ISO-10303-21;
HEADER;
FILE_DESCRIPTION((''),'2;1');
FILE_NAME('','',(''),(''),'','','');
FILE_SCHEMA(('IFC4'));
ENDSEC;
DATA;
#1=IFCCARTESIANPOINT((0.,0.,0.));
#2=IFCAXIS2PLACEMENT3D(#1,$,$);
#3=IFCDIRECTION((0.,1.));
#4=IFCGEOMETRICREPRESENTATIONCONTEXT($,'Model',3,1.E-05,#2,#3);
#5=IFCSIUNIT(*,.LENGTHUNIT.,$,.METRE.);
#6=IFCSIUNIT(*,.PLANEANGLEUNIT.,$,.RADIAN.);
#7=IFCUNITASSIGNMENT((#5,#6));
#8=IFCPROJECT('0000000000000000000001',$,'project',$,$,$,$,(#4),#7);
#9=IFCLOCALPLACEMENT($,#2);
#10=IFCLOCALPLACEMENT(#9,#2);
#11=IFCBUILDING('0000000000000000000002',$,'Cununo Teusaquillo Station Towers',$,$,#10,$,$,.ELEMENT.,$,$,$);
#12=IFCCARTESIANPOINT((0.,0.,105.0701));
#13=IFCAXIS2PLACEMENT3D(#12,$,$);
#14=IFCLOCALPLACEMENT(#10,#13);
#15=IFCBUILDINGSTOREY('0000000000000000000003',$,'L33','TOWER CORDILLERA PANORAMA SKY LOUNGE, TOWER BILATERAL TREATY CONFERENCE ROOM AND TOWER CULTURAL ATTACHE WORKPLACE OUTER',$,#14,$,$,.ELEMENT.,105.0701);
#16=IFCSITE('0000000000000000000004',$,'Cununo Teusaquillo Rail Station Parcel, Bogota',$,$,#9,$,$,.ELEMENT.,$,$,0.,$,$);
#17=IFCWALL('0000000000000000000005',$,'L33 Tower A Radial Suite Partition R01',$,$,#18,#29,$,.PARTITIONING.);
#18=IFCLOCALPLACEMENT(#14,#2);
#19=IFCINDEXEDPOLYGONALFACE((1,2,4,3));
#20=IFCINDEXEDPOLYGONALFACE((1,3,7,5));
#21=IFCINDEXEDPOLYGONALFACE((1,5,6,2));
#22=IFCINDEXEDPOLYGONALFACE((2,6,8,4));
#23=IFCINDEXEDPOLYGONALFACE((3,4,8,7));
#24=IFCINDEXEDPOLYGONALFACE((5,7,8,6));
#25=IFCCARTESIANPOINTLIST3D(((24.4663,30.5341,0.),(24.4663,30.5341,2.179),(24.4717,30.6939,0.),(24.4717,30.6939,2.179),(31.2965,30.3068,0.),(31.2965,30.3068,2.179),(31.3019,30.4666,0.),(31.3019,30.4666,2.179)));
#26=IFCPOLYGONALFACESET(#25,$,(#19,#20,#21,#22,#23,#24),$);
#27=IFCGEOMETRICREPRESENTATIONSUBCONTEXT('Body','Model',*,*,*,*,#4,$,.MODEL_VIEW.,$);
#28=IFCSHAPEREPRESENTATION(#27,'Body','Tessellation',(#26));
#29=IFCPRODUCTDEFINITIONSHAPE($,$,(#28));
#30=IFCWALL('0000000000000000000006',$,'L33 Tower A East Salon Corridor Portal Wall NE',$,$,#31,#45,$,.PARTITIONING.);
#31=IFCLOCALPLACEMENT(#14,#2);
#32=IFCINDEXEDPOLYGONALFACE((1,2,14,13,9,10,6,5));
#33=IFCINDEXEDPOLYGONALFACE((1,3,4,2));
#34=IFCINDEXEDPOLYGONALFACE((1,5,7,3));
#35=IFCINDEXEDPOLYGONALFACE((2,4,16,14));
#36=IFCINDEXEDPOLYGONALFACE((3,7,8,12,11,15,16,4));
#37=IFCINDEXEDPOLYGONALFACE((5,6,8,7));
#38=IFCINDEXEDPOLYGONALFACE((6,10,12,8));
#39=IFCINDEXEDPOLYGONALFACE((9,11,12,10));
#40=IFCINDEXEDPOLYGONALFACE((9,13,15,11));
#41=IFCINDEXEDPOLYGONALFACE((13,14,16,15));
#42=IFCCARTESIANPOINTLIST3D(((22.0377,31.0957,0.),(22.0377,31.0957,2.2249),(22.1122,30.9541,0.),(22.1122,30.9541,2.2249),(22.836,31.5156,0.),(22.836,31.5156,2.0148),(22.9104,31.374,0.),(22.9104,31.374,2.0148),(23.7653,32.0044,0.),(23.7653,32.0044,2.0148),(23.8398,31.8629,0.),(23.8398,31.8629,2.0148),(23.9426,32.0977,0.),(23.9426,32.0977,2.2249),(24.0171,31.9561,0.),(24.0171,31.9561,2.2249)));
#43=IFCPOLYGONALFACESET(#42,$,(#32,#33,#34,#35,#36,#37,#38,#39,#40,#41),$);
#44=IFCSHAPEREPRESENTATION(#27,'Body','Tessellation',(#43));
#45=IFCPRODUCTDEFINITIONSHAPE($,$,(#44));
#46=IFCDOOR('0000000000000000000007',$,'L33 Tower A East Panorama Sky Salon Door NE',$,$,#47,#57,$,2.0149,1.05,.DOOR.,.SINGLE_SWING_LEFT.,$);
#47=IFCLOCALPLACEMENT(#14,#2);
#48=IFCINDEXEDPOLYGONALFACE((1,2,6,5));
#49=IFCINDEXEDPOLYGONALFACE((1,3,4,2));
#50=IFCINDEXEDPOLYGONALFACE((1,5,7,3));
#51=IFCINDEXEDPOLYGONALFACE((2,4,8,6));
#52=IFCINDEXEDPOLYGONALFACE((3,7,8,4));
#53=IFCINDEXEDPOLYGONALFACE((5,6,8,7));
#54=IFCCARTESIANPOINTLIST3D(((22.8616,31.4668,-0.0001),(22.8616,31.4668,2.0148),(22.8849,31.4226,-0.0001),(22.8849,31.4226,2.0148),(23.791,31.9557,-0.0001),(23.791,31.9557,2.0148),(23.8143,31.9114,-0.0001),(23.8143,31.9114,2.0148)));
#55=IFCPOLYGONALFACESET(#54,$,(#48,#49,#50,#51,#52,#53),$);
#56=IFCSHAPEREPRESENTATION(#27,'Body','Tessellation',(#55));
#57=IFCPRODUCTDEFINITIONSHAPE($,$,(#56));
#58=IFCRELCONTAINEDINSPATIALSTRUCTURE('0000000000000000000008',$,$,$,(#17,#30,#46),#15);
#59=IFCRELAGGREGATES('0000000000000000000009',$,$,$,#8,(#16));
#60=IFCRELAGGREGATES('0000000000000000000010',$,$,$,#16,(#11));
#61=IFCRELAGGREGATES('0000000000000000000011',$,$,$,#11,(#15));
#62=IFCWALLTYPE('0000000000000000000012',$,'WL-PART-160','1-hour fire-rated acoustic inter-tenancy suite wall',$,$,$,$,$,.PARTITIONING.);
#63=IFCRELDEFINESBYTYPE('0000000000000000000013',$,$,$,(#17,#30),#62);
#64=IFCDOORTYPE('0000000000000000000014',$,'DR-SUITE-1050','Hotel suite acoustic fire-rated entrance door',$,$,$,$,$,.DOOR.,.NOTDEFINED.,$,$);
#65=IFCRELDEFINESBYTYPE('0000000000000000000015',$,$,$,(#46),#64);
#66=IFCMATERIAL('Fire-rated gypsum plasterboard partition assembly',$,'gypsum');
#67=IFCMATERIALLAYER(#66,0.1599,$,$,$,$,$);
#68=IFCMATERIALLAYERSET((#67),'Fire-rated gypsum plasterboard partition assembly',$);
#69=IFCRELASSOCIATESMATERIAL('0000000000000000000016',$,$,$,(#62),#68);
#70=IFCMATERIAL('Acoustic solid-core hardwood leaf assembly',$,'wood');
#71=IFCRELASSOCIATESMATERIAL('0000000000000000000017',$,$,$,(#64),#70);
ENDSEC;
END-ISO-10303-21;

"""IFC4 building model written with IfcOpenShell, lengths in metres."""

from ifc_helpers import new_model, si_unit, direction, frame, frame_2d, origin, place, context, subcontext, project, spatial, rectangle, extrude, source, transform, mapped, material, layer, layer_set, type_object, element, fill, save


model = new_model("IFC4")

# Units and contexts
model_context = context("Model", 3, precision=1e-05, world=origin(), true_north=direction((0.0, 1.0)))
body_context = subcontext(model_context, "Body", "Model", "MODEL_VIEW")
ifc_project = project(units=[si_unit("LENGTHUNIT", "METRE"), si_unit("PLANEANGLEUNIT", "RADIAN")], contexts=[model_context])

# Site, building, storey
site_placement = place(None, origin())
site = spatial("IfcSite", under=ifc_project, at=site_placement, Name="Cununo Teusaquillo Rail Station Parcel, Bogota", CompositionType="ELEMENT", RefElevation=0.0)
building_placement = place(site_placement, origin())
building = spatial("IfcBuilding", under=site, at=building_placement, Name="Cununo Teusaquillo Station Towers", CompositionType="ELEMENT")
storey_placement = place(building_placement, frame((0.0, 0.0, 105.0701)))
storey = spatial("IfcBuildingStorey", under=building, at=storey_placement, Name="L33", Description="TOWER CORDILLERA PANORAMA SKY LOUNGE, TOWER BILATERAL TREATY CONFERENCE ROOM AND TOWER CULTURAL ATTACHE WORKPLACE OUTER", CompositionType="ELEMENT", Elevation=105.0701)

# Wall
ifc_material_1 = material(Name="Fire-rated gypsum plasterboard partition assembly", Category="gypsum")
ifc_layer_1 = layer(ifc_material_1, 0.1599)
ifc_layer_set_1 = layer_set([ifc_layer_1], Name="Fire-rated gypsum plasterboard partition assembly")
wall_type_1 = type_object("IfcWallType", Name="WL-PART-160", Description="1-hour fire-rated acoustic inter-tenancy suite wall", PredefinedType="PARTITIONING", material=ifc_layer_set_1)
wall_1_placement = place(storey_placement, frame((24.469, 30.614, 0.0), z_axis=(0.0, 0.0, 1.0), x_axis=(0.999447, -0.033259, 0.0)))
element("IfcWall", 1, at=wall_1_placement, inside=storey, type_object=wall_type_1, Name="L33 Tower A Radial Suite Partition R01", PredefinedType="PARTITIONING", context=body_context, shape_type="SweptSolid", body=[
    extrude(rectangle(XDim=6.834, YDim=0.1599, at=frame_2d((3.417, 0.0))), origin(), (0.0, 0.0, 1.0), 2.179),
])

# Wall, opening, door
wall_2_placement = place(storey_placement, frame((22.075, 31.0249, 0.0), z_axis=(0.0, 0.0, 1.0), x_axis=(0.885026, 0.465541, 0.0)))
wall_2 = element("IfcWall", 2, at=wall_2_placement, inside=storey, type_object=wall_type_1, Name="L33 Tower A East Salon Corridor Portal Wall NE", PredefinedType="PARTITIONING", context=body_context, shape_type="SweptSolid", body=[
    extrude(rectangle(XDim=2.1523, YDim=0.1599, at=frame_2d((1.0762, 0.0))), origin(), (0.0, 0.0, 1.0), 2.2249),
])
shared_shape_1 = source(origin(), body_context, "Body", "SweptSolid", [
    extrude(rectangle(XDim=1.05, YDim=2.0149, at=frame_2d((0.5249, 1.0073))), frame((0.0, 0.0898, 0.0), z_axis=(0.0, -1.0, 0.0), x_axis=(1.0, 0.0, 0.0)), (0.0, 0.0, 1.0), 0.1799),
])
opening_placement = place(wall_2_placement, frame((0.9021, 0.0, 0.0)))
opening = element("IfcOpeningElement", 3, at=opening_placement, cuts=wall_2, PredefinedType="OPENING", context=body_context, shape_type="MappedRepresentation", body=[
    mapped(shared_shape_1, transform((0.0, 0.0, 0.0), x_axis=(1.0, 0.0, 0.0), y_axis=(0.0, 1.0, 0.0), z_axis=(0.0, 0.0, 1.0), scale=1.0)),
])
ifc_material_2 = material(Name="Acoustic solid-core hardwood leaf assembly", Category="wood")
door_type = type_object("IfcDoorType", Name="DR-SUITE-1050", Description="Hotel suite acoustic fire-rated entrance door", OperationType="NOTDEFINED", PredefinedType="DOOR", material=ifc_material_2)
shared_shape_2 = source(origin(), body_context, "Body", "SweptSolid", [
    extrude(rectangle(XDim=1.05, YDim=2.0149, at=frame_2d((0.5249, 1.0073))), frame((0.0, 0.0249, 0.0), z_axis=(0.0, -1.0, 0.0), x_axis=(1.0, 0.0, 0.0)), (0.0, 0.0, 1.0), 0.05),
])
door_placement = place(opening_placement, origin())
door = element("IfcDoor", 4, at=door_placement, inside=storey, type_object=door_type, Name="L33 Tower A East Panorama Sky Salon Door NE", OperationType="SINGLE_SWING_LEFT", OverallHeight=2.0149, OverallWidth=1.05, PredefinedType="DOOR", context=body_context, shape_type="MappedRepresentation", body=[
    mapped(shared_shape_2, transform((0.0, 0.0, 0.0), x_axis=(1.0, 0.0, 0.0), y_axis=(0.0, 1.0, 0.0), z_axis=(0.0, 0.0, 1.0), scale=1.0)),
])
fill(opening, door)

save(model, "model.ifc")
